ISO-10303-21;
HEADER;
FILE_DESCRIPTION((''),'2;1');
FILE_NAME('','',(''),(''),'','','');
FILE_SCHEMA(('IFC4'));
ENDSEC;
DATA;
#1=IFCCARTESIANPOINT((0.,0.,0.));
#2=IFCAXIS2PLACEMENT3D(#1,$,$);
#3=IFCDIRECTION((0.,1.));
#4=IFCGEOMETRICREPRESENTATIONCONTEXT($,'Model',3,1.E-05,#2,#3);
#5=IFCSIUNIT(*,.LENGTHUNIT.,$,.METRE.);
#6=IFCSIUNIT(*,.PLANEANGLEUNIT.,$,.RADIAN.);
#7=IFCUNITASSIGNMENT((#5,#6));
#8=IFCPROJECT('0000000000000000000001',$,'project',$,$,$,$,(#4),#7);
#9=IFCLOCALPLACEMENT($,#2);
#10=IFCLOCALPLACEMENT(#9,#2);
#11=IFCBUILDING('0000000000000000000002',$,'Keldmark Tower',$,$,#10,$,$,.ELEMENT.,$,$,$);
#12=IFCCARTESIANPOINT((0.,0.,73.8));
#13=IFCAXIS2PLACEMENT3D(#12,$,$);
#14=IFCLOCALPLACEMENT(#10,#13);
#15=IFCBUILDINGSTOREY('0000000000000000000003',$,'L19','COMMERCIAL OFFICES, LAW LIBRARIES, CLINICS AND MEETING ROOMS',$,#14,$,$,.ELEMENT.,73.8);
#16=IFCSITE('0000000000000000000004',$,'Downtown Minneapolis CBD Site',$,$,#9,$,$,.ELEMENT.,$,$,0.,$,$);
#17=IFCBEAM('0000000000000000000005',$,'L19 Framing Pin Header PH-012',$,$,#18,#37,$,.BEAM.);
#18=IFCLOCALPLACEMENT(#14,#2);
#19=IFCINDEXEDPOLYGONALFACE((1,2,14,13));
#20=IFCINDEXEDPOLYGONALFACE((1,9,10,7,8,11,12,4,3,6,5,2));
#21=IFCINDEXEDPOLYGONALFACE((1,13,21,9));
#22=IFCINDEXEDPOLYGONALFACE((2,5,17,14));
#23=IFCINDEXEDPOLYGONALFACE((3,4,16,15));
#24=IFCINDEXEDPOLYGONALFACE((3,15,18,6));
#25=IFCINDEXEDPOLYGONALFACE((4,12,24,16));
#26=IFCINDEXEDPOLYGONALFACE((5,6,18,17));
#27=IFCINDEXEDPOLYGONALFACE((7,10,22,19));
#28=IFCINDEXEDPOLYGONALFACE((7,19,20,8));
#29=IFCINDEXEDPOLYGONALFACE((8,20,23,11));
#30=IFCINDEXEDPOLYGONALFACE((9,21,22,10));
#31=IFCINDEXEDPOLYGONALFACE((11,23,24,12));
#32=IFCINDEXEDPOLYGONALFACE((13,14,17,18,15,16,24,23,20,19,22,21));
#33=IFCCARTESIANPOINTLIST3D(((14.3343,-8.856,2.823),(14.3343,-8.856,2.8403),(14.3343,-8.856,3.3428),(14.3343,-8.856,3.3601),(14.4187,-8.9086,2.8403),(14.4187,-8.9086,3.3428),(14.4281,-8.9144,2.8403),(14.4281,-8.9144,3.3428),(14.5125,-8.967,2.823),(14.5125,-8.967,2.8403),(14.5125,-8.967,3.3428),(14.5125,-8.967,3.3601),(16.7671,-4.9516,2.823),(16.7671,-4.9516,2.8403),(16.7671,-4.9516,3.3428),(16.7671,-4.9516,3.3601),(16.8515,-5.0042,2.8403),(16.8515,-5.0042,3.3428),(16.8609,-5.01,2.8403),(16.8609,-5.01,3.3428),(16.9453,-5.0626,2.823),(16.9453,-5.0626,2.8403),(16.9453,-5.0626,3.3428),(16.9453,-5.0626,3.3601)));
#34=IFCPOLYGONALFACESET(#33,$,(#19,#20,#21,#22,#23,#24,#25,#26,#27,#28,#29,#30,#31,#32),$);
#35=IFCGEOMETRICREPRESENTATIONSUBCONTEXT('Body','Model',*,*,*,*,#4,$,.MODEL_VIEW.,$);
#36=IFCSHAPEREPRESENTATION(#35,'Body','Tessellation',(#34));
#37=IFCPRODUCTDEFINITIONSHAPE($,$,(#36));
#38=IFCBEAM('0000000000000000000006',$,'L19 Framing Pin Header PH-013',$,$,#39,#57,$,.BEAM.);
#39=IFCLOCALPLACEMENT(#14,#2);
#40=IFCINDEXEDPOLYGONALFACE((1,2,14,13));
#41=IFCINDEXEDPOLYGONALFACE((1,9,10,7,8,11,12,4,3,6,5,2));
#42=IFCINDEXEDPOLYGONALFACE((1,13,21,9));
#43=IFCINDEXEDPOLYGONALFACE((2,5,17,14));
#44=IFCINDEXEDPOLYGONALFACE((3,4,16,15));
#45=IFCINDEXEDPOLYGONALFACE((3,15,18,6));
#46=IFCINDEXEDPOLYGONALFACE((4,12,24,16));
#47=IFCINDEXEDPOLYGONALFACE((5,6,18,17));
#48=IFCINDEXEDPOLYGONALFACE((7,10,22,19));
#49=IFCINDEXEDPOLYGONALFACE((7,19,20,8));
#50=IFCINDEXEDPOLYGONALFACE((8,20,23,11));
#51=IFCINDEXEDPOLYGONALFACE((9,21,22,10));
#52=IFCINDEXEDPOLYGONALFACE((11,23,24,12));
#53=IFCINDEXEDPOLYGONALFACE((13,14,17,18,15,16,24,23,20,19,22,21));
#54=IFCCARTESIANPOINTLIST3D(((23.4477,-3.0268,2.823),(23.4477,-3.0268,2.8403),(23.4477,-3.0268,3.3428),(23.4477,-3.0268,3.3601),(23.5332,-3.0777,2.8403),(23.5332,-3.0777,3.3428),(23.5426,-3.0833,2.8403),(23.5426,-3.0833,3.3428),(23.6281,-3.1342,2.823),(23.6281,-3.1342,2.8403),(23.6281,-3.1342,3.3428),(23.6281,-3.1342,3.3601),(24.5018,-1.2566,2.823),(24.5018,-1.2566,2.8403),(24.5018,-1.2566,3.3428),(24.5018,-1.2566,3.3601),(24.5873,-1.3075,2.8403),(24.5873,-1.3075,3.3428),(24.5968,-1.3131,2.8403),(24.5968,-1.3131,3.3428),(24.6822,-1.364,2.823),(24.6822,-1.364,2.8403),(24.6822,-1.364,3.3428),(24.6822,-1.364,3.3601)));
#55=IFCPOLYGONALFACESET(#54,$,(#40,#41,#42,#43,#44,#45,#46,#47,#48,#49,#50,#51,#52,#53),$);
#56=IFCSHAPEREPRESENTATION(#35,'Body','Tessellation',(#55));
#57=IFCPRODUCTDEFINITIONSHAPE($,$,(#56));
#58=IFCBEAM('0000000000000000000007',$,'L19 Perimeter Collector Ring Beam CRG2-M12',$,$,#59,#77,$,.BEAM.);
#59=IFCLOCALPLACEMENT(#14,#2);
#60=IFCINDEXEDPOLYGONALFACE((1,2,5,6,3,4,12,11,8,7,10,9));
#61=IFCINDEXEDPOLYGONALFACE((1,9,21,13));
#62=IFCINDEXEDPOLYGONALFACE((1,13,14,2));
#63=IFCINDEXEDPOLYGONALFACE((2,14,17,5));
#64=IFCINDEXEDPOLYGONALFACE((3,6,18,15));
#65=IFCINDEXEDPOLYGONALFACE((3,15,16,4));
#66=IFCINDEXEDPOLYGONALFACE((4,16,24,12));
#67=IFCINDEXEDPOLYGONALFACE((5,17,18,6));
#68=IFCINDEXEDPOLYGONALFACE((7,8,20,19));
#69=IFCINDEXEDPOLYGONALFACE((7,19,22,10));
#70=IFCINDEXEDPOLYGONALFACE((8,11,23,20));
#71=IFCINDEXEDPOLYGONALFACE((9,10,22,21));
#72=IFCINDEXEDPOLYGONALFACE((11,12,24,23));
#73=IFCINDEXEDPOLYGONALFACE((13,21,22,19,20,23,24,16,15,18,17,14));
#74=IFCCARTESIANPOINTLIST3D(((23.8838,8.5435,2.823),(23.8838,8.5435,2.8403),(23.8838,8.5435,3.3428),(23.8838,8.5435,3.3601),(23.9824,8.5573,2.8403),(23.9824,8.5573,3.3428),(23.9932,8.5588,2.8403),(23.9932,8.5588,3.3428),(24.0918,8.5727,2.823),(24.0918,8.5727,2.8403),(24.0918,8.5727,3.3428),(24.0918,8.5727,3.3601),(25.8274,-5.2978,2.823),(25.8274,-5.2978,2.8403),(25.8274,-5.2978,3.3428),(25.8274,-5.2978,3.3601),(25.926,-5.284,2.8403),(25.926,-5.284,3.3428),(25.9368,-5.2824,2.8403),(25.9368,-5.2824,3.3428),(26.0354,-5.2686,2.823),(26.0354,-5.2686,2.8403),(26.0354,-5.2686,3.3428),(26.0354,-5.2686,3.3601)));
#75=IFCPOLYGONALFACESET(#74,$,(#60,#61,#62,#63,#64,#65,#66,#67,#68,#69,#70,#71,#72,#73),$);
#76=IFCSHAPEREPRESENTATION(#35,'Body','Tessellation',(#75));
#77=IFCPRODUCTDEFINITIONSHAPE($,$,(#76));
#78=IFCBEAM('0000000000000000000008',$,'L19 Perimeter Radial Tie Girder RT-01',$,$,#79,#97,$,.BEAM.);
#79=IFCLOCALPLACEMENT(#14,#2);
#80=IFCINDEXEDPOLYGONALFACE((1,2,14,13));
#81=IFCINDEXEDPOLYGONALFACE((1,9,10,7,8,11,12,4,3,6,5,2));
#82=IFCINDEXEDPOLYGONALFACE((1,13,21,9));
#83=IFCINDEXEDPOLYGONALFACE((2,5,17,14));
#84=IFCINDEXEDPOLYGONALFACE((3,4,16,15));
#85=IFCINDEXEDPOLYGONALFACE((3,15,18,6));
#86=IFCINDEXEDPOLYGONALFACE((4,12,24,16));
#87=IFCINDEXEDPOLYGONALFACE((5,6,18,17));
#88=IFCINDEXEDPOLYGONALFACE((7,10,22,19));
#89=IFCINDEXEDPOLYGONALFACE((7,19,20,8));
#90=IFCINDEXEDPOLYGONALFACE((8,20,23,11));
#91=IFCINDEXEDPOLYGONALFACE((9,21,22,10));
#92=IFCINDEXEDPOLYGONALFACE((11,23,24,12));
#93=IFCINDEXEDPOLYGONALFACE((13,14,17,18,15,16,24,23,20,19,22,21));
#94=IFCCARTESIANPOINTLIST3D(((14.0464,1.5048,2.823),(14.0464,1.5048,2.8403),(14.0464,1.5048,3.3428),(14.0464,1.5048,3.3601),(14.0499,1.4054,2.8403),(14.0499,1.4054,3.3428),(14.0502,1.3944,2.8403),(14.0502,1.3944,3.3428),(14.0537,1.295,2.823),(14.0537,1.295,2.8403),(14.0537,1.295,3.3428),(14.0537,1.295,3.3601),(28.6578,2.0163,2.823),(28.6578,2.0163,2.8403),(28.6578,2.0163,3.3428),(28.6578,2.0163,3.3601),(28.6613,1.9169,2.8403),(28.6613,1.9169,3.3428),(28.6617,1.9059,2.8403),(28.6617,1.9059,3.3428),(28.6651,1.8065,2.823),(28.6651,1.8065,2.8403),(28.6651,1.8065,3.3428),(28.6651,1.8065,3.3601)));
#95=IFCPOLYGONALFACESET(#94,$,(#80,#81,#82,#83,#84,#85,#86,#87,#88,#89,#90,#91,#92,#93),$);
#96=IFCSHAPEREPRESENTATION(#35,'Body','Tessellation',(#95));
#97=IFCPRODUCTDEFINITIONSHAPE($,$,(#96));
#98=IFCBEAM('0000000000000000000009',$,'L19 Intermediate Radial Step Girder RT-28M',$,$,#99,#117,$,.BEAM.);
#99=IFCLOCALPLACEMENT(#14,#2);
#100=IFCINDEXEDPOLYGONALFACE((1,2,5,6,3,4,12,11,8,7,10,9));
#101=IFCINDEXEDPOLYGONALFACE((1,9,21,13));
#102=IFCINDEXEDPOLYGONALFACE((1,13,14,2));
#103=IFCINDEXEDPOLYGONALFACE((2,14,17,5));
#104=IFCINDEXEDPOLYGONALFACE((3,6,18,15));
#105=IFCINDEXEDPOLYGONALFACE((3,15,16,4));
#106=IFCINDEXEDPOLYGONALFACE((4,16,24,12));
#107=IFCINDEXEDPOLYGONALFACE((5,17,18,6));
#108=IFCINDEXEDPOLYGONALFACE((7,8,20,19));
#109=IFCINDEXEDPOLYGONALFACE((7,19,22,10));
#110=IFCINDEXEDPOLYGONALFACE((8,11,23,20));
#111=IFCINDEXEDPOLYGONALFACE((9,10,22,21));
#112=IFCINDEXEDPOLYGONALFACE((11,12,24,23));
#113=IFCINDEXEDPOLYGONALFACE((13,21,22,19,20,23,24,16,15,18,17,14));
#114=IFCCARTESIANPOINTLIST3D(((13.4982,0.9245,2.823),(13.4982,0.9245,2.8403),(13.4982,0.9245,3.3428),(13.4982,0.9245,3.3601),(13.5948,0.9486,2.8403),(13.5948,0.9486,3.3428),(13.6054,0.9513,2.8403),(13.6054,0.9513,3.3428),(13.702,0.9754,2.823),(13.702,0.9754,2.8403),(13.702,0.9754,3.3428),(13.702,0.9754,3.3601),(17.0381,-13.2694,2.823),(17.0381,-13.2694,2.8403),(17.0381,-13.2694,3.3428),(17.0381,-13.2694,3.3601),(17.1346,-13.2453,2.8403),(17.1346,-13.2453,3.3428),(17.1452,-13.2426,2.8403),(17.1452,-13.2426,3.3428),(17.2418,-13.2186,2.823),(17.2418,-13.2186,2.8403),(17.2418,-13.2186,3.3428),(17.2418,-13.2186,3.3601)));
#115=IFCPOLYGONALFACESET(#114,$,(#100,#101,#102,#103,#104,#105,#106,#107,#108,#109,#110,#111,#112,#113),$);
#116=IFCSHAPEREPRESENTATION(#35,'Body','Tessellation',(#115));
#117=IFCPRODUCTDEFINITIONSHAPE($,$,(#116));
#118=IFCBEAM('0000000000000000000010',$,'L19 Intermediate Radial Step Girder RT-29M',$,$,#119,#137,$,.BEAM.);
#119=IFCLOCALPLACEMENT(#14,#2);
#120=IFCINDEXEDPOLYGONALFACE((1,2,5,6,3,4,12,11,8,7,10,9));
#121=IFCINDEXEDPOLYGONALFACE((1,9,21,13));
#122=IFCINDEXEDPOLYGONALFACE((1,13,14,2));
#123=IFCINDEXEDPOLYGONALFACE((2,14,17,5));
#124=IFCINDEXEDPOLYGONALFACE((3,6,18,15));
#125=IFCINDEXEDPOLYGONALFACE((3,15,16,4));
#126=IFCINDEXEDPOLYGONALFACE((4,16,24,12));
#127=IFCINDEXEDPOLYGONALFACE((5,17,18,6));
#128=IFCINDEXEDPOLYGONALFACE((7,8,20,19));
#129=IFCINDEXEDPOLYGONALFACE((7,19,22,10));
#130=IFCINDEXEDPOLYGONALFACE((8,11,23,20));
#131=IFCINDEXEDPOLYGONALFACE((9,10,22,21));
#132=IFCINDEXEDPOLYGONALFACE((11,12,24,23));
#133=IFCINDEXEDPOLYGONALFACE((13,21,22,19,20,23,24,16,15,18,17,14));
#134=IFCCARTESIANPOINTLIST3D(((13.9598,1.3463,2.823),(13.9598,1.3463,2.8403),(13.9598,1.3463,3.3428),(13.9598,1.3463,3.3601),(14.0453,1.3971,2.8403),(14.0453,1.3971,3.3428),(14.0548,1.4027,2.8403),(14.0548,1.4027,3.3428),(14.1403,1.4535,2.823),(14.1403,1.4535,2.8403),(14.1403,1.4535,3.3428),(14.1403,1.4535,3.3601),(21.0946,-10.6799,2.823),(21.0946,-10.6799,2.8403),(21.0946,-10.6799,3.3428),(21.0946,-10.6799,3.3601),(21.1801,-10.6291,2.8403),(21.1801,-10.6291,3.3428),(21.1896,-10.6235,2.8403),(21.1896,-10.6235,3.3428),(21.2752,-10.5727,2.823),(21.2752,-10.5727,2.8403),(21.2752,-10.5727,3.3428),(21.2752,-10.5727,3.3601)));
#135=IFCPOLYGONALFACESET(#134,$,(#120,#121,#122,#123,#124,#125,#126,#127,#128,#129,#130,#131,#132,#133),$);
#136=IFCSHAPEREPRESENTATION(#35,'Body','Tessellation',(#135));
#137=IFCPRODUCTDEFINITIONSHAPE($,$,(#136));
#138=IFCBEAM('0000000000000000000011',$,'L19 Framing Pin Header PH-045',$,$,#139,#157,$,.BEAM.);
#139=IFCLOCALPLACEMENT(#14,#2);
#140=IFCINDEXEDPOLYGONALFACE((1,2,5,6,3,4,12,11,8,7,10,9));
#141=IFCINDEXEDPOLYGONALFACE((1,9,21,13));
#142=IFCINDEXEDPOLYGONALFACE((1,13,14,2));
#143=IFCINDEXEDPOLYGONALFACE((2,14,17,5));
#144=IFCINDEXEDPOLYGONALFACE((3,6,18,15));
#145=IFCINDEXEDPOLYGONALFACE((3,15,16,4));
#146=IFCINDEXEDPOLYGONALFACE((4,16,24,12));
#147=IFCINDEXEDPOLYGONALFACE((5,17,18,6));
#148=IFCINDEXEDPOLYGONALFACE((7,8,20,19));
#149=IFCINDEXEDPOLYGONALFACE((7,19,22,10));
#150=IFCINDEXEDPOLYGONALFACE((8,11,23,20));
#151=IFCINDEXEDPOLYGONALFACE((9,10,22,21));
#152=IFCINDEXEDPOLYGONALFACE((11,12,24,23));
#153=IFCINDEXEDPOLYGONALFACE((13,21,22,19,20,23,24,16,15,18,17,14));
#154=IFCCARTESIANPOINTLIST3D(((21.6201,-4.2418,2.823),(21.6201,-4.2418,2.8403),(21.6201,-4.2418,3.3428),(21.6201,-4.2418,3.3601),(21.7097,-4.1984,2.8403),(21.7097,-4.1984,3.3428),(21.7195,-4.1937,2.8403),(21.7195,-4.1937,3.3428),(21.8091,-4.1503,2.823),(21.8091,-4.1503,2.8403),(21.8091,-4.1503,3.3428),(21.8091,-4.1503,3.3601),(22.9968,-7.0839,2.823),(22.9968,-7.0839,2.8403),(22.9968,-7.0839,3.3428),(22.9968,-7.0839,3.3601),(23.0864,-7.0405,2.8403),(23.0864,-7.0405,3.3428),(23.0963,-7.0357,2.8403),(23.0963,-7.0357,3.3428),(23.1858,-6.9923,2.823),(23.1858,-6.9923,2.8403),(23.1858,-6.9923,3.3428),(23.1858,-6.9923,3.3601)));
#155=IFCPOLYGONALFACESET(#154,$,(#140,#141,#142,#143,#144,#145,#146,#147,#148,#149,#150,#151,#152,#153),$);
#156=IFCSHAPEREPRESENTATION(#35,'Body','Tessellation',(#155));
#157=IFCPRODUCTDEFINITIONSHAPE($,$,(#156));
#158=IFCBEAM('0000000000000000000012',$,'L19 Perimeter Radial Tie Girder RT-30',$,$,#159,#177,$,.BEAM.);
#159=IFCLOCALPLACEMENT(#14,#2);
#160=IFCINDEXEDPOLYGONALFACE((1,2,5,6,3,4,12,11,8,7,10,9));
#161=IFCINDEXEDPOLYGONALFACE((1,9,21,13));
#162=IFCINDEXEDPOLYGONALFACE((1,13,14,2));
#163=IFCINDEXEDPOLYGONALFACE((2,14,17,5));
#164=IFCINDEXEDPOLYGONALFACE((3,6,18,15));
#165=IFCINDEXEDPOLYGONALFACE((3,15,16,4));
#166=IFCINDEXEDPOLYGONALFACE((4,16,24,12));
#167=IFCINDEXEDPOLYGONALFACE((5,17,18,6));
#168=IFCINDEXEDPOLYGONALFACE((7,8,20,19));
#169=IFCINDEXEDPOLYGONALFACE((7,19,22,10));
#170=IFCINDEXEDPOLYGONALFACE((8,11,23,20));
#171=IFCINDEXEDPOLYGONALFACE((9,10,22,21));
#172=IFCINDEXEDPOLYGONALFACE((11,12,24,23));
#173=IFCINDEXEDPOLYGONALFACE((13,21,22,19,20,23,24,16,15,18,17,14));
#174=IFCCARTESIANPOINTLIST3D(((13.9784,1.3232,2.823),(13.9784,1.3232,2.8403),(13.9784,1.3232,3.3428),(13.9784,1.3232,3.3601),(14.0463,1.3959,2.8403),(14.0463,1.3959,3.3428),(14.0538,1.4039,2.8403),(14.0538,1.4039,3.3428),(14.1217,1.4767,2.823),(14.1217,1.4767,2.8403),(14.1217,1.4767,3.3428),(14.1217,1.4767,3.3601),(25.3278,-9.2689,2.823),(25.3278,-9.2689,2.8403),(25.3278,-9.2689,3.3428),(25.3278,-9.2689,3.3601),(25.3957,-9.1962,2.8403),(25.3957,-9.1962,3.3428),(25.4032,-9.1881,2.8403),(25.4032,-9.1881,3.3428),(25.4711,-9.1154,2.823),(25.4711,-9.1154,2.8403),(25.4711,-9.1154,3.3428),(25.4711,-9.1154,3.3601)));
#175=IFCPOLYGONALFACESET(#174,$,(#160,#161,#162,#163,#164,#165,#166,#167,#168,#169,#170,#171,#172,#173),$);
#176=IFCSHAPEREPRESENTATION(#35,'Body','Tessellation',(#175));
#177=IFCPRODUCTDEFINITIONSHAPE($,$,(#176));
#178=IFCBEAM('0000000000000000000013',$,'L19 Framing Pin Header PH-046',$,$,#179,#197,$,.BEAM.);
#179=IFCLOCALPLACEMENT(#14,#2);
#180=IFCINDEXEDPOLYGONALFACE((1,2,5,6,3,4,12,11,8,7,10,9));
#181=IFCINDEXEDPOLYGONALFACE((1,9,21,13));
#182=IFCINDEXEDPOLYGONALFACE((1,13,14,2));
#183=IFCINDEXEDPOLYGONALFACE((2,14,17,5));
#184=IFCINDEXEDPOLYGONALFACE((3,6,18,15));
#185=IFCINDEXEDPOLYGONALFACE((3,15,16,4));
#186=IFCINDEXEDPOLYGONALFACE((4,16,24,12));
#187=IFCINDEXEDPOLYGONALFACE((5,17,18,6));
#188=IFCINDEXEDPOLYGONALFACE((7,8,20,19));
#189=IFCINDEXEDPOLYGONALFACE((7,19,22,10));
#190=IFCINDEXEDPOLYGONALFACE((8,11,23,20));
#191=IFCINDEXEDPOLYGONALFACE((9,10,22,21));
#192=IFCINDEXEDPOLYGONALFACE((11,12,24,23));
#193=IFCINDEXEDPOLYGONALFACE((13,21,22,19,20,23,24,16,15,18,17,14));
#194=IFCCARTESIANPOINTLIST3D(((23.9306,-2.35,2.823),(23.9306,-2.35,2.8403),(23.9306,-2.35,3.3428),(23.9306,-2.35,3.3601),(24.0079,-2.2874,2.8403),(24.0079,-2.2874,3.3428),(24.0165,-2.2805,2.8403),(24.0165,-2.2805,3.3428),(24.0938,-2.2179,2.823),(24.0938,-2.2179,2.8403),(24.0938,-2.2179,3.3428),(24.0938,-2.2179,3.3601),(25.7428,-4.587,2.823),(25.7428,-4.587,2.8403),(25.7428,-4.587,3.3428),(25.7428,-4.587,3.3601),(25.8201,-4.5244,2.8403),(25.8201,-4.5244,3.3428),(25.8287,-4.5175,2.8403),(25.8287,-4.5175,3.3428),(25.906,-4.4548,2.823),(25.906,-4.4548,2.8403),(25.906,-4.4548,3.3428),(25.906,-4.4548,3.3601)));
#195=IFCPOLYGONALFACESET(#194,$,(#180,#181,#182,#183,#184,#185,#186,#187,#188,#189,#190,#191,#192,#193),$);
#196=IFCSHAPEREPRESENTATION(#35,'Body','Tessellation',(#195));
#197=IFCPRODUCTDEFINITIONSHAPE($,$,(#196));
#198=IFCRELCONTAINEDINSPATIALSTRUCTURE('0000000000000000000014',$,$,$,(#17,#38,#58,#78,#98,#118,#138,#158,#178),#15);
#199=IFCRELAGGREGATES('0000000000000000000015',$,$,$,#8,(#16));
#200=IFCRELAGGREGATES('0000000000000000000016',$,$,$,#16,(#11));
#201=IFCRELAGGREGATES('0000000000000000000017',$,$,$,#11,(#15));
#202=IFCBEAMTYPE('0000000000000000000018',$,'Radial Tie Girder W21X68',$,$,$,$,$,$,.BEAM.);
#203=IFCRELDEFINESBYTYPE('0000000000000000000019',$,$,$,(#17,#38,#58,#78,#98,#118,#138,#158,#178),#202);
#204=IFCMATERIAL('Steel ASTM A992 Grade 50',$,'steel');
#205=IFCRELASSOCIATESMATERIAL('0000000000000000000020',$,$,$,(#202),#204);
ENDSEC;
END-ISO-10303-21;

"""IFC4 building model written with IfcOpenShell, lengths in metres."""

from ifc_helpers import new_model, si_unit, direction, frame, origin, origin_2d, place, context, subcontext, project, spatial, i_section, extrude, material, material_profile, profile_set, type_object, element, save


model = new_model("IFC4")

# Units and contexts
model_context = context("Model", 3, precision=1e-05, world=origin(), true_north=direction((0.0, 1.0)))
body_context = subcontext(model_context, "Body", "Model", "MODEL_VIEW")
ifc_project = project(units=[si_unit("LENGTHUNIT", "METRE"), si_unit("PLANEANGLEUNIT", "RADIAN")], contexts=[model_context])

# Site, building, storey
site_placement = place(None, origin())
site = spatial("IfcSite", under=ifc_project, at=site_placement, Name="Downtown Minneapolis CBD Site", CompositionType="ELEMENT", RefElevation=0.0)
building_placement = place(site_placement, origin())
building = spatial("IfcBuilding", under=site, at=building_placement, Name="Keldmark Tower", CompositionType="ELEMENT")
storey_placement = place(building_placement, frame((0.0, 0.0, 73.8)))
storey = spatial("IfcBuildingStorey", under=building, at=storey_placement, Name="L19", Description="COMMERCIAL OFFICES, LAW LIBRARIES, CLINICS AND MEETING ROOMS", CompositionType="ELEMENT", Elevation=73.8)

# Beams
ifc_material_1 = material(Name="Steel ASTM A992 Grade 50", Category="steel")
ifc_material_profile_1 = material_profile(ifc_material_1, i_section(OverallWidth=0.21, OverallDepth=0.5371, WebThickness=0.011, FlangeThickness=0.0173, at=origin_2d()), Name="W21X68")
ifc_profile_set_1 = profile_set([ifc_material_profile_1], Name="Steel ASTM A992 Grade 50")
beam_type_1 = type_object("IfcBeamType", Name="Radial Tie Girder W21X68", PredefinedType="BEAM", material=ifc_profile_set_1)
beam_1_placement = place(storey_placement, frame((16.8562, -5.0071, 3.0916), z_axis=(-0.52883, -0.848728, 0.0), x_axis=(0.848728, -0.52883, 0.0)))
element("IfcBeam", 1, at=beam_1_placement, inside=storey, type_object=beam_type_1, Name="L19 Framing Pin Header PH-012", PredefinedType="BEAM", context=body_context, shape_type="SweptSolid", body=[
    extrude(i_section(OverallWidth=0.21, OverallDepth=0.5371, WebThickness=0.011, FlangeThickness=0.0173, at=origin_2d()), origin(), (0.0, 0.0, 1.0), 4.6003),
])
beam_2_placement = place(storey_placement, frame((24.592, -1.3103, 3.0916), z_axis=(-0.511653, -0.859192, 0.0), x_axis=(0.859192, -0.511653, 0.0)))
element("IfcBeam", 2, at=beam_2_placement, inside=storey, type_object=beam_type_1, Name="L19 Framing Pin Header PH-013", PredefinedType="BEAM", context=body_context, shape_type="SweptSolid", body=[
    extrude(i_section(OverallWidth=0.21, OverallDepth=0.5371, WebThickness=0.011, FlangeThickness=0.0173, at=origin_2d()), origin(), (0.0, 0.0, 1.0), 2.0603),
])
beam_3_placement = place(storey_placement, frame((25.9314, -5.2832, 3.0916), z_axis=(-0.139056, 0.990284, 0.0), x_axis=(-0.990284, -0.139056, 0.0)))
element("IfcBeam", 3, at=beam_3_placement, inside=storey, type_object=beam_type_1, Name="L19 Perimeter Collector Ring Beam CRG2-M12", PredefinedType="BEAM", context=body_context, shape_type="SweptSolid", body=[
    extrude(i_section(OverallWidth=0.21, OverallDepth=0.5371, WebThickness=0.011, FlangeThickness=0.0173, at=origin_2d()), origin(), (0.0, 0.0, 1.0), 13.9771),
])
beam_4_placement = place(storey_placement, frame((14.05, 1.3999, 3.0916), z_axis=(0.999388, 0.034984, 0.0), x_axis=(-0.034984, 0.999388, 0.0)))
element("IfcBeam", 4, at=beam_4_placement, inside=storey, type_object=beam_type_1, Name="L19 Perimeter Radial Tie Girder RT-01", PredefinedType="BEAM", context=body_context, shape_type="SweptSolid", body=[
    extrude(i_section(OverallWidth=0.21, OverallDepth=0.5371, WebThickness=0.011, FlangeThickness=0.0173, at=origin_2d()), origin(), (0.0, 0.0, 1.0), 14.6204),
])
beam_5_placement = place(storey_placement, frame((13.6001, 0.95, 3.0916), z_axis=(0.241978, -0.970282, 0.0), x_axis=(0.970282, 0.241978, 0.0)))
element("IfcBeam", 5, at=beam_5_placement, inside=storey, type_object=beam_type_1, Name="L19 Intermediate Radial Step Girder RT-28M", PredefinedType="BEAM", context=body_context, shape_type="SweptSolid", body=[
    extrude(i_section(OverallWidth=0.21, OverallDepth=0.5371, WebThickness=0.011, FlangeThickness=0.0173, at=origin_2d()), origin(), (0.0, 0.0, 1.0), 14.6287),
])
beam_6_placement = place(storey_placement, frame((14.05, 1.3999, 3.0916), z_axis=(0.510235, -0.860035, 0.0), x_axis=(0.860035, 0.510235, 0.0)))
element("IfcBeam", 6, at=beam_6_placement, inside=storey, type_object=beam_type_1, Name="L19 Intermediate Radial Step Girder RT-29M", PredefinedType="BEAM", context=body_context, shape_type="SweptSolid", body=[
    extrude(i_section(OverallWidth=0.21, OverallDepth=0.5371, WebThickness=0.011, FlangeThickness=0.0173, at=origin_2d()), origin(), (0.0, 0.0, 1.0), 13.9834),
])
beam_7_placement = place(storey_placement, frame((21.7146, -4.196, 3.0916), z_axis=(0.435953, -0.899969, 0.0), x_axis=(0.899969, 0.435953, 0.0)))
element("IfcBeam", 7, at=beam_7_placement, inside=storey, type_object=beam_type_1, Name="L19 Framing Pin Header PH-045", PredefinedType="BEAM", context=body_context, shape_type="SweptSolid", body=[
    extrude(i_section(OverallWidth=0.21, OverallDepth=0.5371, WebThickness=0.011, FlangeThickness=0.0173, at=origin_2d()), origin(), (0.0, 0.0, 1.0), 3.158),
])
beam_8_placement = place(storey_placement, frame((14.05, 1.3999, 3.0916), z_axis=(0.731078, -0.682294, 0.0), x_axis=(0.682294, 0.731078, 0.0)))
element("IfcBeam", 8, at=beam_8_placement, inside=storey, type_object=beam_type_1, Name="L19 Perimeter Radial Tie Girder RT-30", PredefinedType="BEAM", context=body_context, shape_type="SweptSolid", body=[
    extrude(i_section(OverallWidth=0.21, OverallDepth=0.5371, WebThickness=0.011, FlangeThickness=0.0173, at=origin_2d()), origin(), (0.0, 0.0, 1.0), 15.5242),
])
beam_9_placement = place(storey_placement, frame((24.0122, -2.2839, 3.0916), z_axis=(0.629471, -0.777024, 0.0), x_axis=(0.777024, 0.629471, 0.0)))
element("IfcBeam", 9, at=beam_9_placement, inside=storey, type_object=beam_type_1, Name="L19 Framing Pin Header PH-046", PredefinedType="BEAM", context=body_context, shape_type="SweptSolid", body=[
    extrude(i_section(OverallWidth=0.21, OverallDepth=0.5371, WebThickness=0.011, FlangeThickness=0.0173, at=origin_2d()), origin(), (0.0, 0.0, 1.0), 2.8789),
])

save(model, "model.ifc")
